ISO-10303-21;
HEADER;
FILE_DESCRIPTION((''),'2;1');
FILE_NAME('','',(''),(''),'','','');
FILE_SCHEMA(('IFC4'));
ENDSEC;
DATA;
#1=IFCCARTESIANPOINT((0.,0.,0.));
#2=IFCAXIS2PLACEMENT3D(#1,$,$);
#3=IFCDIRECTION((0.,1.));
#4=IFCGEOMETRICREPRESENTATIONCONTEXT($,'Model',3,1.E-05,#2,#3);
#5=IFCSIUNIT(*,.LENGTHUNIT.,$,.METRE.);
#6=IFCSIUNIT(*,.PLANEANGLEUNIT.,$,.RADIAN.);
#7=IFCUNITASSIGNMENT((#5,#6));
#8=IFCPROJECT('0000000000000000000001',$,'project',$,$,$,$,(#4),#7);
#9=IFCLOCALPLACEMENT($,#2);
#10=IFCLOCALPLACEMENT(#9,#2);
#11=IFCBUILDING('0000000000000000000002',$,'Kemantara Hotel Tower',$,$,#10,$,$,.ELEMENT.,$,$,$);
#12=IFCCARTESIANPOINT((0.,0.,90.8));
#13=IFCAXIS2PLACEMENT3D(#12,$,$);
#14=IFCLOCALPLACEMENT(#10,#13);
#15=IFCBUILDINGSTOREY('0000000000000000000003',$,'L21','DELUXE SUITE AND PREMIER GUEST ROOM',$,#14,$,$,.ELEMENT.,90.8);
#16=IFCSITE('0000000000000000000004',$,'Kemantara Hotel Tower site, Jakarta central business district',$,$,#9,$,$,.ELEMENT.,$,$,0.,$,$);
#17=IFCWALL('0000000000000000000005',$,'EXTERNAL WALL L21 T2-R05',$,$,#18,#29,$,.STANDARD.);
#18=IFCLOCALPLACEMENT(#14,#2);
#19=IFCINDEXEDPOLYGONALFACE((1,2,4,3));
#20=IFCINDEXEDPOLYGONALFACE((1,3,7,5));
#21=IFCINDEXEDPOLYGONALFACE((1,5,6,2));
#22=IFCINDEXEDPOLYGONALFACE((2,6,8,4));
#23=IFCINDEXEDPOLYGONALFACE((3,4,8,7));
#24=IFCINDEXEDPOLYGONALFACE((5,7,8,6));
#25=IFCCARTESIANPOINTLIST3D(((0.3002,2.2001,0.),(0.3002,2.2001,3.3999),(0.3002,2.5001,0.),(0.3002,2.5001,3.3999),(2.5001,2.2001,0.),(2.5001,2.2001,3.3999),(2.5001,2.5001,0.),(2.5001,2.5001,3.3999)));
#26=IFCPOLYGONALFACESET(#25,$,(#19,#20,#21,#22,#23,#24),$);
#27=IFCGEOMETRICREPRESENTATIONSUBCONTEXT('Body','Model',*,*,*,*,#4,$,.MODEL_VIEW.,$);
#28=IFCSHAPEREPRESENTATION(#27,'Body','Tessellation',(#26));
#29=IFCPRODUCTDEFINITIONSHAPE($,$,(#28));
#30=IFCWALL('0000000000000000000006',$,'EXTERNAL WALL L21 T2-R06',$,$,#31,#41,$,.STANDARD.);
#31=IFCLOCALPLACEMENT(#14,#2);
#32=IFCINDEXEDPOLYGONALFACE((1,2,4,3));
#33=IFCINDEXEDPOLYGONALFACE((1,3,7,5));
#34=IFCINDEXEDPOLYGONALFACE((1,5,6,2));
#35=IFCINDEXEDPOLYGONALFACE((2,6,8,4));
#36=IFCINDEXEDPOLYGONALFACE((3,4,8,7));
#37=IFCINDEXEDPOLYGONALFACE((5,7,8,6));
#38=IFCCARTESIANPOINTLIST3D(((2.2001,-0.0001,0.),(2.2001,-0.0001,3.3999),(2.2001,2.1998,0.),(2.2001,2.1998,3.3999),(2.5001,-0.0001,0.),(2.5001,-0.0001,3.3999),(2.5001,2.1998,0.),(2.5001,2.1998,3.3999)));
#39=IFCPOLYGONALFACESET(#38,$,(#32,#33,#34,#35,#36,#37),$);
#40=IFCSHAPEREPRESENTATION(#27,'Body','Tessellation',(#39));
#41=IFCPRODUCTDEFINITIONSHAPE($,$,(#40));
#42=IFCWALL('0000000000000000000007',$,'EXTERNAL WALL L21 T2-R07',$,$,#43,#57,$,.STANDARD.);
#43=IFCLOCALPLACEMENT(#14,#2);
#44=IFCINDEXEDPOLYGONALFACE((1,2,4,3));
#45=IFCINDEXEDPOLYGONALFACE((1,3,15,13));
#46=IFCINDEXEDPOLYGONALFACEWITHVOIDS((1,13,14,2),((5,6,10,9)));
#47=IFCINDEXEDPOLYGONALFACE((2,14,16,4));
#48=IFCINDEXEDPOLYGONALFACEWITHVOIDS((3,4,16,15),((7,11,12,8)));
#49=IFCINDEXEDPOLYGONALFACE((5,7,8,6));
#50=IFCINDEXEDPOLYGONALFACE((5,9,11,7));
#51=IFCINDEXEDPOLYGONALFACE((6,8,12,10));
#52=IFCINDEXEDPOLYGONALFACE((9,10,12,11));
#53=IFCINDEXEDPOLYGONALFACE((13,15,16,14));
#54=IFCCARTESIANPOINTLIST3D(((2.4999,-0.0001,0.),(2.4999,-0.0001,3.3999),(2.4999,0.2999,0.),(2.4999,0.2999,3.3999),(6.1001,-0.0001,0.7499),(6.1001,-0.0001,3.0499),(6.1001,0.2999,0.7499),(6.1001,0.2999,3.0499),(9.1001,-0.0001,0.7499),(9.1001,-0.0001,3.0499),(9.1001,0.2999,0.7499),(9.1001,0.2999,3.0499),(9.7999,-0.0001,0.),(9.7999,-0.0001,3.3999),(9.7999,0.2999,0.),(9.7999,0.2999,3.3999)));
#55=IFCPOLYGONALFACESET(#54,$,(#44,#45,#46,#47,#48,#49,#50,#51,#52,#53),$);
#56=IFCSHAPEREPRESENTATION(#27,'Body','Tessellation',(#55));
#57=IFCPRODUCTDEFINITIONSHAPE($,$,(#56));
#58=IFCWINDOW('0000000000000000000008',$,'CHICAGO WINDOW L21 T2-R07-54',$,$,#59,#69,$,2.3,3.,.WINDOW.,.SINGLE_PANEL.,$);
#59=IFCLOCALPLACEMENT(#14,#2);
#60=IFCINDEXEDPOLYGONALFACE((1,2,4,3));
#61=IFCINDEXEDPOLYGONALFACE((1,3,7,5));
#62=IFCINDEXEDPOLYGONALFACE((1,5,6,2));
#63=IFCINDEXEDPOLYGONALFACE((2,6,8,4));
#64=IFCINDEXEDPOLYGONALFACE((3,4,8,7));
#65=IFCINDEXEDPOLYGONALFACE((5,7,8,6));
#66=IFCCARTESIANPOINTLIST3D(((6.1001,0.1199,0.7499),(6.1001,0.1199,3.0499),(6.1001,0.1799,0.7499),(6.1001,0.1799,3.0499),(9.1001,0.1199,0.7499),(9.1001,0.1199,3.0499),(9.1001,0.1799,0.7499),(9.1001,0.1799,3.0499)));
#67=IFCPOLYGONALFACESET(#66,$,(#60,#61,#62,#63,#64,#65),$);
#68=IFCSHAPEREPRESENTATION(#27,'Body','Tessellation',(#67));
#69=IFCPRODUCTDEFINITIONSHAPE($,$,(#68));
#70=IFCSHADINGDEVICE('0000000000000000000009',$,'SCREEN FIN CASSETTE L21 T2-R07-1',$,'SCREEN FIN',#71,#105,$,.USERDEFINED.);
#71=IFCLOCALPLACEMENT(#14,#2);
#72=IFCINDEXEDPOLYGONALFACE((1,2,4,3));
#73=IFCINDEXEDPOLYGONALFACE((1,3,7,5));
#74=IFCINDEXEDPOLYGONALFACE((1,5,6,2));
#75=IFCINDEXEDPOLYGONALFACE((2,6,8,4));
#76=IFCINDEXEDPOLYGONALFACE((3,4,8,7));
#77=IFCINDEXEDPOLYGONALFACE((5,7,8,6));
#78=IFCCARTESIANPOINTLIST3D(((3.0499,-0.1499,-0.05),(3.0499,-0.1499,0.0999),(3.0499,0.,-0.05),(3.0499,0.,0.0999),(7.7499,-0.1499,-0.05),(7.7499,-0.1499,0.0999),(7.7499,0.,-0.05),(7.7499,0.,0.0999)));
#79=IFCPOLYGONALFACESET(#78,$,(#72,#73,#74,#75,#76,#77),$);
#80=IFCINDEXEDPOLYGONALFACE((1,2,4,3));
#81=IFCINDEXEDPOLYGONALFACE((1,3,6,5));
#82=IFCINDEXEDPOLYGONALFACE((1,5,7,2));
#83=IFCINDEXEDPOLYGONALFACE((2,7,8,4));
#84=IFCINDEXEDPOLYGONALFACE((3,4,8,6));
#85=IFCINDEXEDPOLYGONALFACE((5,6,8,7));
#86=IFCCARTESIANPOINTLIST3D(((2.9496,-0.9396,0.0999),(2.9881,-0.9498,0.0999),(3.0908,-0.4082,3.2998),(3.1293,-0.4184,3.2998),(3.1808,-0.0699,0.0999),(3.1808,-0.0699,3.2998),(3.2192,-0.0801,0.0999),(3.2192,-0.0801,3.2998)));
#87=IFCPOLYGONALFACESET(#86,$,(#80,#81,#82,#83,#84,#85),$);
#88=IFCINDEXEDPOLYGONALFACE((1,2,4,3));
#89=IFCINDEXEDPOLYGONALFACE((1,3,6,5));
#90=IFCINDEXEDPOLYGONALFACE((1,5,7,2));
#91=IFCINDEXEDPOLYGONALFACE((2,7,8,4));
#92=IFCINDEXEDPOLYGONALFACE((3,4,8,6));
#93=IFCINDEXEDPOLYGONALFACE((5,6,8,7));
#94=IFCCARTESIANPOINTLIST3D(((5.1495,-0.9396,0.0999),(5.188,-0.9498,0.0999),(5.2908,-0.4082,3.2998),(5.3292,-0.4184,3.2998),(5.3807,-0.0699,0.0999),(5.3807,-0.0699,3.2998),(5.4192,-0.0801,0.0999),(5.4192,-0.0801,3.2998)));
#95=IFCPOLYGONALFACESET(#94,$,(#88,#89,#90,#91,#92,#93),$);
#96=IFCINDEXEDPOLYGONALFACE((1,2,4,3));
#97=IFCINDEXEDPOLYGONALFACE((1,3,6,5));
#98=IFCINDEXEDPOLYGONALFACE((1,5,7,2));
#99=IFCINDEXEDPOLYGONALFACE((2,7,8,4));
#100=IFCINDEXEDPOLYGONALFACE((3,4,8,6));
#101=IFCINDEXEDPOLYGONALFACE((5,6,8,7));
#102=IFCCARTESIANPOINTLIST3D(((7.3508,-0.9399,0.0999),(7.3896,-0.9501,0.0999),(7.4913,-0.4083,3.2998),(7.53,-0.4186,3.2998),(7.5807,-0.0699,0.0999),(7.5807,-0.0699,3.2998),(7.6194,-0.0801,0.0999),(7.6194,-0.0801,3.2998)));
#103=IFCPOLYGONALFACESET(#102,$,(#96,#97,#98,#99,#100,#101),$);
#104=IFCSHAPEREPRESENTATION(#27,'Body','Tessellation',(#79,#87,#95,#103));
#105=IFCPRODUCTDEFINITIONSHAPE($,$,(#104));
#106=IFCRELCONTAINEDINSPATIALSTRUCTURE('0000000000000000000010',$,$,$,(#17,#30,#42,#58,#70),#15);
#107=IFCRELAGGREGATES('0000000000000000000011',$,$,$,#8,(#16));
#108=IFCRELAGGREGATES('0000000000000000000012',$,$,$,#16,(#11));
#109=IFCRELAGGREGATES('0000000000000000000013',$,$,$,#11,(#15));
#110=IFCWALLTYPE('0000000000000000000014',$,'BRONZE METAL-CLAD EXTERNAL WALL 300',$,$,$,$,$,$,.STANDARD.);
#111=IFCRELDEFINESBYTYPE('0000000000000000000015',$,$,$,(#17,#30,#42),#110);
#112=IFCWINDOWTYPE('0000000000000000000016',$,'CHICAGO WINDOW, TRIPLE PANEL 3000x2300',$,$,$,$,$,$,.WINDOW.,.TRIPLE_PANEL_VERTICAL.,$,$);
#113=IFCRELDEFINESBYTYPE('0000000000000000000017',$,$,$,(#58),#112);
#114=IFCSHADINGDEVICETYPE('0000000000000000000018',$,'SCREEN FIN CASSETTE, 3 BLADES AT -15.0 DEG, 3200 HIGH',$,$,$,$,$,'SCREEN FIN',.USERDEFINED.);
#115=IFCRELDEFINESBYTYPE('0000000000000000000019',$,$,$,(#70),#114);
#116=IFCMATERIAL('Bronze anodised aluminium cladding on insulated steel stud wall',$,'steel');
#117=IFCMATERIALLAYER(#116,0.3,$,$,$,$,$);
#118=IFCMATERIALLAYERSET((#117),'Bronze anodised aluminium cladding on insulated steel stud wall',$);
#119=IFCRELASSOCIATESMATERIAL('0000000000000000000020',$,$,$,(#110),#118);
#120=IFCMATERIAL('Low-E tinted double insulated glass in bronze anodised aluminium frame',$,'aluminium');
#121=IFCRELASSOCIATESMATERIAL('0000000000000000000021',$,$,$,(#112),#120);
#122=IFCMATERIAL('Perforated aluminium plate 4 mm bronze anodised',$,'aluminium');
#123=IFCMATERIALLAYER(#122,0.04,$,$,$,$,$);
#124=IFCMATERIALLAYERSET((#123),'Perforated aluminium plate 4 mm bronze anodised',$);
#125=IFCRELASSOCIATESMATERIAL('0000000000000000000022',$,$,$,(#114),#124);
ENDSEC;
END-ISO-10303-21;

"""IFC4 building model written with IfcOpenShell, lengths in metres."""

from ifc_helpers import new_model, si_unit, direction, frame, frame_2d, origin, origin_2d, place, context, subcontext, project, spatial, polyline, rectangle, outline, extrude, source, transform, mapped, material, layer, layer_set, type_object, element, fill, save


model = new_model("IFC4")

# Units and contexts
model_context = context("Model", 3, precision=1e-05, world=origin(), true_north=direction((0.0, 1.0)))
body_context = subcontext(model_context, "Body", "Model", "MODEL_VIEW")
ifc_project = project(units=[si_unit("LENGTHUNIT", "METRE"), si_unit("PLANEANGLEUNIT", "RADIAN")], contexts=[model_context])

# Site, building, storey
site_placement = place(None, origin())
site = spatial("IfcSite", under=ifc_project, at=site_placement, Name="Kemantara Hotel Tower site, Jakarta central business district", CompositionType="ELEMENT", RefElevation=0.0)
building_placement = place(site_placement, origin())
building = spatial("IfcBuilding", under=site, at=building_placement, Name="Kemantara Hotel Tower", CompositionType="ELEMENT")
storey_placement = place(building_placement, frame((0.0, 0.0, 90.8)))
storey = spatial("IfcBuildingStorey", under=building, at=storey_placement, Name="L21", Description="DELUXE SUITE AND PREMIER GUEST ROOM", CompositionType="ELEMENT", Elevation=90.8)

# Walls
ifc_material_1 = material(Name="Bronze anodised aluminium cladding on insulated steel stud wall", Category="steel")
ifc_layer_1 = layer(ifc_material_1, 0.3)
ifc_layer_set_1 = layer_set([ifc_layer_1], Name="Bronze anodised aluminium cladding on insulated steel stud wall")
wall_type = type_object("IfcWallType", Name="BRONZE METAL-CLAD EXTERNAL WALL 300", PredefinedType="STANDARD", material=ifc_layer_set_1)
for number, where, z_axis, x_axis, name in (
    (1, (0.3, 2.3501, 0.0), (0.0, 0.0, 1.0), (1.0, 0.0, 0.0), "EXTERNAL WALL L21 T2-R05"),
    (2, (2.3501, 2.2, 0.0), (0.0, 0.0, 1.0), (0.0, -1.0, 0.0), "EXTERNAL WALL L21 T2-R06"),
):
    element("IfcWall", number, at=place(storey_placement, frame(where, z_axis=z_axis, x_axis=x_axis)), inside=storey, type_object=wall_type, Name=name, PredefinedType="STANDARD", context=body_context, shape_type="SweptSolid", body=[
        extrude(rectangle(XDim=2.2, YDim=0.3, at=frame_2d((1.1001, 0.0))), origin(), (0.0, 0.0, 1.0), 3.3999),
    ])

# Wall, opening, window
wall_placement = place(storey_placement, frame((2.5, 0.1499, 0.0), z_axis=(0.0, 0.0, 1.0), x_axis=(1.0, 0.0, 0.0)))
wall = element("IfcWall", 3, at=wall_placement, inside=storey, type_object=wall_type, Name="EXTERNAL WALL L21 T2-R07", PredefinedType="STANDARD", context=body_context, shape_type="SweptSolid", body=[
    extrude(rectangle(XDim=7.3, YDim=0.3, at=frame_2d((3.6499, 0.0))), origin(), (0.0, 0.0, 1.0), 3.3999),
])
opening_placement = place(wall_placement, frame((3.6001, 0.0, 0.75)))
opening = element("IfcOpeningElement", 4, at=opening_placement, cuts=wall, PredefinedType="OPENING", context=body_context, shape_type="SweptSolid", body=[
    extrude(rectangle(XDim=3.0, YDim=2.3, at=frame_2d((1.5, 1.1499))), frame((0.0, 0.1599, 0.0), z_axis=(0.0, -1.0, 0.0), x_axis=(1.0, 0.0, 0.0)), (0.0, 0.0, 1.0), 0.3201),
])
ifc_material_2 = material(Name="Low-E tinted double insulated glass in bronze anodised aluminium frame", Category="aluminium")
window_type = type_object("IfcWindowType", Name="CHICAGO WINDOW, TRIPLE PANEL 3000x2300", PartitioningType="TRIPLE_PANEL_VERTICAL", PredefinedType="WINDOW", material=ifc_material_2)
window_placement = place(opening_placement, origin())
window = element("IfcWindow", 5, at=window_placement, inside=storey, type_object=window_type, Name="CHICAGO WINDOW L21 T2-R07-54", OverallHeight=2.3, OverallWidth=3.0, PartitioningType="SINGLE_PANEL", PredefinedType="WINDOW", context=body_context, shape_type="SweptSolid", body=[
    extrude(rectangle(XDim=3.0, YDim=2.3, at=frame_2d((1.5, 1.1499))), frame((0.0, 0.03, 0.0), z_axis=(0.0, -1.0, 0.0), x_axis=(1.0, 0.0, 0.0)), (0.0, 0.0, 1.0), 0.0601),
])
fill(opening, window)

# Shading device
ifc_material_3 = material(Name="Perforated aluminium plate 4 mm bronze anodised", Category="aluminium")
ifc_layer_2 = layer(ifc_material_3, 0.04)
ifc_layer_set_2 = layer_set([ifc_layer_2], Name="Perforated aluminium plate 4 mm bronze anodised")
shading_device_type = type_object("IfcShadingDeviceType", Name="SCREEN FIN CASSETTE, 3 BLADES AT -15.0 DEG, 3200 HIGH", ElementType="SCREEN FIN", PredefinedType="USERDEFINED", material=ifc_layer_set_2)
shared_shape = source(origin(), body_context, "Body", "SweptSolid", [
    extrude(rectangle(XDim=4.7, YDim=0.1499, at=origin_2d()), frame((2.2, -0.075, -0.1499), z_axis=(0.0, 0.0, 1.0), x_axis=(1.0, 0.0, 0.0)), (0.0, 0.0, 1.0), 0.1499),
    extrude(outline(polyline([(0.0, 0.0), (0.8999, 0.0), (0.3501, 3.2), (0.0, 3.2), (0.0, 0.0)])), frame((0.0193, -0.0801, 0.0), z_axis=(-0.966438, 0.256901, 0.0), x_axis=(-0.256901, -0.966438, 0.0)), (0.0, 0.0, 1.0), 0.0398),
    extrude(outline(polyline([(0.0, 0.0), (0.8999, 0.0), (0.3501, 3.2), (0.0, 3.2), (0.0, 0.0)])), frame((2.2192, -0.0801, 0.0), z_axis=(-0.966438, 0.256901, 0.0), x_axis=(-0.256901, -0.966438, 0.0)), (0.0, 0.0, 1.0), 0.0398),
    extrude(outline(polyline([(0.0, 0.0), (0.8999, 0.0), (0.3501, 3.2), (0.0, 3.2), (0.0, 0.0)])), frame((4.4194, -0.0801, 0.0), z_axis=(-0.966838, 0.255391, 0.0), x_axis=(-0.255391, -0.966838, 0.0)), (0.0, 0.0, 1.0), 0.04),
])
shading_device_placement = place(storey_placement, frame((3.2, 0.0, 0.0999), z_axis=(0.0, 0.0, 1.0), x_axis=(1.0, 0.0, 0.0)))
element("IfcShadingDevice", 6, at=shading_device_placement, inside=storey, type_object=shading_device_type, Name="SCREEN FIN CASSETTE L21 T2-R07-1", ObjectType="SCREEN FIN", PredefinedType="USERDEFINED", context=body_context, shape_type="MappedRepresentation", body=[
    mapped(shared_shape, transform((0.0, 0.0, 0.0))),
])

save(model, "model.ifc")
